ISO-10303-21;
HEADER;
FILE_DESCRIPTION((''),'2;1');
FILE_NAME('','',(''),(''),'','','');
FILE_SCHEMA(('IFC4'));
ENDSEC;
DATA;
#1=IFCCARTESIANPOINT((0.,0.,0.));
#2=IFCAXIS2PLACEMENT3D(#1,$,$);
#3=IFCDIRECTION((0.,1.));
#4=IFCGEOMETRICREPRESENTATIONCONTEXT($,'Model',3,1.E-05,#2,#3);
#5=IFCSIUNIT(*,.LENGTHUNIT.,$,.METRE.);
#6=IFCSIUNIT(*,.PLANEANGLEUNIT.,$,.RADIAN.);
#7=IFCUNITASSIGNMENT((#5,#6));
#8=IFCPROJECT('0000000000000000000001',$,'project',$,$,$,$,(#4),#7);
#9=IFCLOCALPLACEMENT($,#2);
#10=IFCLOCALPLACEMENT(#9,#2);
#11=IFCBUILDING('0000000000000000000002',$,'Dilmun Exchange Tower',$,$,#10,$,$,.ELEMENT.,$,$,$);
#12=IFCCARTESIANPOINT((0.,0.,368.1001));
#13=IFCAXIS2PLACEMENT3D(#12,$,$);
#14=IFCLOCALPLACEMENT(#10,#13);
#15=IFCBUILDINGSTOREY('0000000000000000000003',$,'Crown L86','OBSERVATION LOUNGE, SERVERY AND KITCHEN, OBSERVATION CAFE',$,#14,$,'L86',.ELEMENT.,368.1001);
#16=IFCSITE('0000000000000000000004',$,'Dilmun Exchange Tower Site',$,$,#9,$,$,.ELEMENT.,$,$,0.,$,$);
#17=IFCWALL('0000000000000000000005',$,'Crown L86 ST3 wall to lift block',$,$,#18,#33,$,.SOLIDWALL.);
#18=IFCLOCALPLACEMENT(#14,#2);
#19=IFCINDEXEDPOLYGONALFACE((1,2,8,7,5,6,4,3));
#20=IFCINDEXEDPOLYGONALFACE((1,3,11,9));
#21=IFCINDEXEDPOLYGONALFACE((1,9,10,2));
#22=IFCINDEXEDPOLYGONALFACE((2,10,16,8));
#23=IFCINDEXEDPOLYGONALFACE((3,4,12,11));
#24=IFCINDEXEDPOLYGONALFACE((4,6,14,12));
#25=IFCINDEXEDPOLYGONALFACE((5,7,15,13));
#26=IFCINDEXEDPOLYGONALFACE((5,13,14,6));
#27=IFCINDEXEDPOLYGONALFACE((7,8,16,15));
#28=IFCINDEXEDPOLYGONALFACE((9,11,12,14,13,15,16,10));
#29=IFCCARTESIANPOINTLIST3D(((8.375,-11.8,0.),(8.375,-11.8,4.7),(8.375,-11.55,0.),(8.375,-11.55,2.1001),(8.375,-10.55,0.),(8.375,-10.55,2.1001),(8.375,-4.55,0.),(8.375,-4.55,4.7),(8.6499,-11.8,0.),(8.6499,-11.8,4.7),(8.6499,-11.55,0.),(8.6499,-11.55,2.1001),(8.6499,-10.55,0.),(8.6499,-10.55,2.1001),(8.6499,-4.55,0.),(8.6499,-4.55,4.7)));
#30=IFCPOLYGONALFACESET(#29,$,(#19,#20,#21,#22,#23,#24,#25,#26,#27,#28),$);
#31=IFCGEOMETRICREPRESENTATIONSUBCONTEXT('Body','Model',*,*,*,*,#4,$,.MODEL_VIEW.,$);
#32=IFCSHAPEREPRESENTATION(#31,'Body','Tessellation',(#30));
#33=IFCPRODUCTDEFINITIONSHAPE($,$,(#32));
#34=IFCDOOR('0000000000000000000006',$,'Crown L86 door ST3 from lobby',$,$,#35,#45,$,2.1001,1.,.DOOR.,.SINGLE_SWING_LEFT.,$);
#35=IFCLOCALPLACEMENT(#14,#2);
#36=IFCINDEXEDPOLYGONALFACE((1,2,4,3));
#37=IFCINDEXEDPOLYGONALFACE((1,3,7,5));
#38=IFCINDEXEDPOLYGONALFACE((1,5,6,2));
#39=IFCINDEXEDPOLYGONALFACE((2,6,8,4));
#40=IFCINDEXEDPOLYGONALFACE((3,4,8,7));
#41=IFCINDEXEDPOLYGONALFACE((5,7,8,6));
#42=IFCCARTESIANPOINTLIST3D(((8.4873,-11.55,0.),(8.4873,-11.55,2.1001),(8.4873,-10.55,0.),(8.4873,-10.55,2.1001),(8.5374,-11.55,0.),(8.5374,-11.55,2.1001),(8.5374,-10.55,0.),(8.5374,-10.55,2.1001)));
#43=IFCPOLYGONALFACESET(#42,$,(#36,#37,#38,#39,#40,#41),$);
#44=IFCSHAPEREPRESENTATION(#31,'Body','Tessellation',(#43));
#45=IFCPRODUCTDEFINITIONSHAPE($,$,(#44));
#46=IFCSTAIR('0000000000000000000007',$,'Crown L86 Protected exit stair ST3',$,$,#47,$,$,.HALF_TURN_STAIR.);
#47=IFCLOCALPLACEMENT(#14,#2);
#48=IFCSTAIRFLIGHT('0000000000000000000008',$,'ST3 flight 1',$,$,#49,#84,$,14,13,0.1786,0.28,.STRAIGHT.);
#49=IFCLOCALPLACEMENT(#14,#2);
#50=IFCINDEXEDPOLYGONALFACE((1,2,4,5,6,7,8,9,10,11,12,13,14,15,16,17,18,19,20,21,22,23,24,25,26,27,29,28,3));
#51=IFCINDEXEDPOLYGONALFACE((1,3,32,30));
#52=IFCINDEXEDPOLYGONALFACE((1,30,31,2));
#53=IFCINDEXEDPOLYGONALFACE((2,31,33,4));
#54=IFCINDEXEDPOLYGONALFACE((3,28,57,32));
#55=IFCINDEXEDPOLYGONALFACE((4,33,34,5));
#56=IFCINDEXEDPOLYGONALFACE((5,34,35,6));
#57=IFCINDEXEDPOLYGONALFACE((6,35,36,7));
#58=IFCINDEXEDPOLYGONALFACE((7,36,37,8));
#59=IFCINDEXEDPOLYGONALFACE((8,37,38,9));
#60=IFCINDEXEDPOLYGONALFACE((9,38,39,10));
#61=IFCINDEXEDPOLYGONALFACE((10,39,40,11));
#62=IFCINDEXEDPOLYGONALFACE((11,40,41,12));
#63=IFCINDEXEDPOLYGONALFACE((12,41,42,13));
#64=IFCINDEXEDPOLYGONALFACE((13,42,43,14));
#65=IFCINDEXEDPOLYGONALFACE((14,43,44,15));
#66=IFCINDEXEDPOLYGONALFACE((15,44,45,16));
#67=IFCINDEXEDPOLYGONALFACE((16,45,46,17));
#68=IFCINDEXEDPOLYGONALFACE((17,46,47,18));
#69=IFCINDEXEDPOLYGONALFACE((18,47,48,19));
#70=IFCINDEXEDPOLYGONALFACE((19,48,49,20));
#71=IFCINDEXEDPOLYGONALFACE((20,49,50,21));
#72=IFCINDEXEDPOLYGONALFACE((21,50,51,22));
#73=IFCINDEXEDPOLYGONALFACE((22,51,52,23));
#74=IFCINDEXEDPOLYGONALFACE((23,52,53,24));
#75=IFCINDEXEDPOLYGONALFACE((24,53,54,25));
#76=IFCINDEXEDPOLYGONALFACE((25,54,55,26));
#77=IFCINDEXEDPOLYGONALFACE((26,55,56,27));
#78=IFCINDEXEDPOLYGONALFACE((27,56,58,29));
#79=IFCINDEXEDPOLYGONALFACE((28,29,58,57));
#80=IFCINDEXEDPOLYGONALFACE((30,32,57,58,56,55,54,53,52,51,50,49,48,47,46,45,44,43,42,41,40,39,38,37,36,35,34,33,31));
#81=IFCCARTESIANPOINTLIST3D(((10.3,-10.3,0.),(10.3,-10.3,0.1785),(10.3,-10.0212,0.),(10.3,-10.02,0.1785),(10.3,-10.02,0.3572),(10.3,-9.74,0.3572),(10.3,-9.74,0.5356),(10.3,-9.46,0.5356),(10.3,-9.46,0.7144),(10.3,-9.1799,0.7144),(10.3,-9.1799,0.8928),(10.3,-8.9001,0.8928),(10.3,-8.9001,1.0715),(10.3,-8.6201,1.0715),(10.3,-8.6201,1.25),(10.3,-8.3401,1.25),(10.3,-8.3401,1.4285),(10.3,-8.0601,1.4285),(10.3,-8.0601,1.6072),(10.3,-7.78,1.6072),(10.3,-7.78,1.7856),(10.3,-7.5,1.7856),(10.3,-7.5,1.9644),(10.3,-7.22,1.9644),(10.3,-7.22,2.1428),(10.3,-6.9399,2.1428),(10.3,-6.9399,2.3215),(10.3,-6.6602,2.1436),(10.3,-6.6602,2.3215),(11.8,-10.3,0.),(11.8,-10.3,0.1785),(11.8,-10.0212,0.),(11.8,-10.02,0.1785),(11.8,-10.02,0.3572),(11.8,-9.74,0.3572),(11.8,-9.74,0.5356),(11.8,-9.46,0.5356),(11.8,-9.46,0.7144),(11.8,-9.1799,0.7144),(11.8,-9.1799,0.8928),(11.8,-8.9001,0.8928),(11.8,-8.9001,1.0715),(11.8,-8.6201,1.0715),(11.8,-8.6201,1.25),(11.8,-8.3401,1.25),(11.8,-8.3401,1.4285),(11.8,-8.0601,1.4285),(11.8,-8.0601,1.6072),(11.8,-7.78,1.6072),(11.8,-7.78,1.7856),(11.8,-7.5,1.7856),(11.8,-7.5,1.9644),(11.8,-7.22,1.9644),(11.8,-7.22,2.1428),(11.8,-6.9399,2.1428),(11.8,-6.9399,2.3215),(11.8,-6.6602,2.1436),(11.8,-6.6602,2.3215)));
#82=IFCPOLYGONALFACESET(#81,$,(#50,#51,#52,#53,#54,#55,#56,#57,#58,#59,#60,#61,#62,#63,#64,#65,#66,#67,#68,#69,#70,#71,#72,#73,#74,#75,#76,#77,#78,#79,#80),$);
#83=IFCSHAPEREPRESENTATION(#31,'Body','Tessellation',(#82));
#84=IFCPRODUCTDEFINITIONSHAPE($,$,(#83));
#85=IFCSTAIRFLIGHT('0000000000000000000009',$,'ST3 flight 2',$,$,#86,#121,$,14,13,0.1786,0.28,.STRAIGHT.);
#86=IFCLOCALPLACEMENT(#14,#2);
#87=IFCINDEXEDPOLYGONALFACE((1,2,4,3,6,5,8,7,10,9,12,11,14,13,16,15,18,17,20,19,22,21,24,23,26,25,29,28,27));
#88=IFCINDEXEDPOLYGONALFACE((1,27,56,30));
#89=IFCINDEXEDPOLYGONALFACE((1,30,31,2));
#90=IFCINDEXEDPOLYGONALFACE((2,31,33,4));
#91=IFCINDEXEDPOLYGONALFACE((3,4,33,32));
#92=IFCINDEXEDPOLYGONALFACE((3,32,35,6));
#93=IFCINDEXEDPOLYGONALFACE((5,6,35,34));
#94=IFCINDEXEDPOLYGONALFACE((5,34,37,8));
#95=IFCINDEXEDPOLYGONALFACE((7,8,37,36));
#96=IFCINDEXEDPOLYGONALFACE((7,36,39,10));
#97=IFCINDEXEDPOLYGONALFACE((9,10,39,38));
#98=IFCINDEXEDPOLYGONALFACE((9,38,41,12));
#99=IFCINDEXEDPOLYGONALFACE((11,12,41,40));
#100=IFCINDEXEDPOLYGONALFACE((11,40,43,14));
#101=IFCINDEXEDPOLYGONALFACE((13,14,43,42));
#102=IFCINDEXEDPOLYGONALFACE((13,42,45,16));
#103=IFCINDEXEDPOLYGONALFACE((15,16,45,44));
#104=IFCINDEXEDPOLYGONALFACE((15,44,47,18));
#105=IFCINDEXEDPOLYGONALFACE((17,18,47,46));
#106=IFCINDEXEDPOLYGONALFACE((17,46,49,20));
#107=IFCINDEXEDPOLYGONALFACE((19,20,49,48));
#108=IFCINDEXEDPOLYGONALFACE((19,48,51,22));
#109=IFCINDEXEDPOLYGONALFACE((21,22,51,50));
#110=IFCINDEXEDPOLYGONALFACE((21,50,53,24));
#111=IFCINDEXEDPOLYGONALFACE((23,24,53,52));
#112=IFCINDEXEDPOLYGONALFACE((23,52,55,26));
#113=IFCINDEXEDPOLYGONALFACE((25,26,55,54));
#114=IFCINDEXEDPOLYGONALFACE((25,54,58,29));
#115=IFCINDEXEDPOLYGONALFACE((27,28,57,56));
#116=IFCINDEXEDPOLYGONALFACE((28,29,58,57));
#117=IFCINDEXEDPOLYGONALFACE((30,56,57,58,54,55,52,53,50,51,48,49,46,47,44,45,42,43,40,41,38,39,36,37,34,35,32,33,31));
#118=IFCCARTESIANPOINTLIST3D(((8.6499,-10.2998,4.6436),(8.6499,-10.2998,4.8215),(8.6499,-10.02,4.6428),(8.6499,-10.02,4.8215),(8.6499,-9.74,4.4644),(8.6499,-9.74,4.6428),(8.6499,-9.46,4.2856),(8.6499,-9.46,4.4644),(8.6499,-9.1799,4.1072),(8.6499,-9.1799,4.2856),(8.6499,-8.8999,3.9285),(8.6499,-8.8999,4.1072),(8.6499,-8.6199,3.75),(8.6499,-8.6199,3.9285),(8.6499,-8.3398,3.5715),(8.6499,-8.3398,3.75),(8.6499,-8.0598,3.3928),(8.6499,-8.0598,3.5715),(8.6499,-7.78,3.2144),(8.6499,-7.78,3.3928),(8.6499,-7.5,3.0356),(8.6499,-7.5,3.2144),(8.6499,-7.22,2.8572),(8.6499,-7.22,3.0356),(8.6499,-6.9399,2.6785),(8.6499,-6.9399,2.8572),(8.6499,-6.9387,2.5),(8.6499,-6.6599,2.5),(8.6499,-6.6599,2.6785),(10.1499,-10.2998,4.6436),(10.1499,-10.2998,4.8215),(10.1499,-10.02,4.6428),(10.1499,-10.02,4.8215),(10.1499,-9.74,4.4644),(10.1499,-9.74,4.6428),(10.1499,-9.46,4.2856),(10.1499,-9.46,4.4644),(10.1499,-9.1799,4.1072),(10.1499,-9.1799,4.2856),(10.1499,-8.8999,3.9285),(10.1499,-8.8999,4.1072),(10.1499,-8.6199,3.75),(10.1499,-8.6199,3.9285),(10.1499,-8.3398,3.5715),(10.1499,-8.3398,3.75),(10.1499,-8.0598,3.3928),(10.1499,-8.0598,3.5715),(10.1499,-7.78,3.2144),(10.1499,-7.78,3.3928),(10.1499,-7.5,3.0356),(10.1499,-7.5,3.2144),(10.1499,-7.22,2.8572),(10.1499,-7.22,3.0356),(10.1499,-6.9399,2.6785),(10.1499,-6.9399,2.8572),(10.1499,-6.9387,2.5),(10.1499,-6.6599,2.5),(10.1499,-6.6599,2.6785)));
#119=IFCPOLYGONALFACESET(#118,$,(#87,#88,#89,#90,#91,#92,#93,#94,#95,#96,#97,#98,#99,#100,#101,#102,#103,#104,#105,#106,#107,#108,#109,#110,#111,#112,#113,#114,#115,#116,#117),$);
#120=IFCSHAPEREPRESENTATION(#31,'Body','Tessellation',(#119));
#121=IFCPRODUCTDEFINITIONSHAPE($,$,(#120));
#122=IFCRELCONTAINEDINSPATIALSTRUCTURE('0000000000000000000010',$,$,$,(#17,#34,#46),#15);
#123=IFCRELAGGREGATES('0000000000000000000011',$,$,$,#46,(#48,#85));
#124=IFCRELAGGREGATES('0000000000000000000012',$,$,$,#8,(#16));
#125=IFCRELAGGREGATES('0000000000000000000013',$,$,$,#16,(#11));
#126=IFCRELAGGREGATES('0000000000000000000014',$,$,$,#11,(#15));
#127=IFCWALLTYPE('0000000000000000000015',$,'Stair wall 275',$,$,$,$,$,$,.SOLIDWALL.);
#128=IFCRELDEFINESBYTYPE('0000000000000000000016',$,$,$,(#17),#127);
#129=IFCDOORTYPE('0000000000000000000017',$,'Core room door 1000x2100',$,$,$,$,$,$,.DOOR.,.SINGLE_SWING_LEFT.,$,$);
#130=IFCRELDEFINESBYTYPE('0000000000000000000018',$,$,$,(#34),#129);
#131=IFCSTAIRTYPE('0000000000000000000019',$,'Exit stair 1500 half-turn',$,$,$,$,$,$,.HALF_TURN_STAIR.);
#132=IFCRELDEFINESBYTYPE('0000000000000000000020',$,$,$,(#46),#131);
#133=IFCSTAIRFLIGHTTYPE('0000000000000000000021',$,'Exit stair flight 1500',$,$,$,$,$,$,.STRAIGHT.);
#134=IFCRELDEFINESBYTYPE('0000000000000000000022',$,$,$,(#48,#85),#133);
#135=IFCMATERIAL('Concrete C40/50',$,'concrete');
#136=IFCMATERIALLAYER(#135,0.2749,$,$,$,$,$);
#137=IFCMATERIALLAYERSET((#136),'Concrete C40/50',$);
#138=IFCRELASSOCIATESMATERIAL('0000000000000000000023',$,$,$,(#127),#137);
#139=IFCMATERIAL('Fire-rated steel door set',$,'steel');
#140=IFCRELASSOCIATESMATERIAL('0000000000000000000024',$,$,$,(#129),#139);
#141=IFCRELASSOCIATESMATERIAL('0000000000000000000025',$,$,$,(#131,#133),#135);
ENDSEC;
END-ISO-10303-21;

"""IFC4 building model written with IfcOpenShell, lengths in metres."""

from ifc_helpers import new_model, si_unit, direction, frame, frame_2d, origin, place, context, subcontext, project, spatial, polyline, rectangle, outline, extrude, material, layer, layer_set, type_object, element, fill, aggregate, save


model = new_model("IFC4")

# Units and contexts
model_context = context("Model", 3, precision=1e-05, world=origin(), true_north=direction((0.0, 1.0)))
body_context = subcontext(model_context, "Body", "Model", "MODEL_VIEW")
ifc_project = project(units=[si_unit("LENGTHUNIT", "METRE"), si_unit("PLANEANGLEUNIT", "RADIAN")], contexts=[model_context])

# Site, building, storey
site_placement = place(None, origin())
site = spatial("IfcSite", under=ifc_project, at=site_placement, Name="Dilmun Exchange Tower Site", CompositionType="ELEMENT", RefElevation=0.0)
building_placement = place(site_placement, origin())
building = spatial("IfcBuilding", under=site, at=building_placement, Name="Dilmun Exchange Tower", CompositionType="ELEMENT")
storey_placement = place(building_placement, frame((0.0, 0.0, 368.1001)))
storey = spatial("IfcBuildingStorey", under=building, at=storey_placement, Name="Crown L86", Description="OBSERVATION LOUNGE, SERVERY AND KITCHEN, OBSERVATION CAFE", LongName="L86", CompositionType="ELEMENT", Elevation=368.1001)

# Shared definitions
ifc_material_1 = material(Name="Concrete C40/50", Category="concrete")

# Shared definitions
ifc_material_2 = material(Name="Fire-rated steel door set", Category="steel")

# Wall, opening, door
ifc_layer_1 = layer(ifc_material_1, 0.2749)
ifc_layer_set_1 = layer_set([ifc_layer_1], Name="Concrete C40/50")
wall_type_1 = type_object("IfcWallType", Name="Stair wall 275", PredefinedType="SOLIDWALL", material=ifc_layer_set_1)
wall_1_placement = place(storey_placement, frame((8.5125, -4.55, 0.0), z_axis=(0.0, 0.0, 1.0), x_axis=(0.0, -1.0, 0.0)))
wall_1 = element("IfcWall", 1, at=wall_1_placement, inside=storey, type_object=wall_type_1, Name="Crown L86 ST3 wall to lift block", PredefinedType="SOLIDWALL", context=body_context, shape_type="SweptSolid", body=[
    extrude(rectangle(XDim=7.25, YDim=0.2749, at=frame_2d((3.625, 0.0))), origin(), (0.0, 0.0, 1.0), 4.7),
])
opening_1_placement = place(wall_1_placement, frame((6.0, 0.0, 0.0)))
opening_1 = element("IfcOpeningElement", 2, at=opening_1_placement, cuts=wall_1, PredefinedType="OPENING", context=body_context, shape_type="SweptSolid", body=[
    extrude(rectangle(XDim=1.0, YDim=2.1001, at=frame_2d((0.5, 1.05))), frame((0.0, 0.1475, 0.0), z_axis=(0.0, -1.0, 0.0), x_axis=(1.0, 0.0, 0.0)), (0.0, 0.0, 1.0), 0.2949),
])
door_type_1 = type_object("IfcDoorType", Name="Core room door 1000x2100", OperationType="SINGLE_SWING_LEFT", PredefinedType="DOOR", material=ifc_material_2)
door_1_placement = place(opening_1_placement, origin())
door_1 = element("IfcDoor", 3, at=door_1_placement, inside=storey, type_object=door_type_1, Name="Crown L86 door ST3 from lobby", OperationType="SINGLE_SWING_LEFT", OverallHeight=2.1001, OverallWidth=1.0, PredefinedType="DOOR", context=body_context, shape_type="SweptSolid", body=[
    extrude(rectangle(XDim=1.0, YDim=2.1001, at=frame_2d((0.5, 1.05))), frame((0.0, 0.0249, 0.0), z_axis=(0.0, -1.0, 0.0), x_axis=(1.0, 0.0, 0.0)), (0.0, 0.0, 1.0), 0.05),
])
fill(opening_1, door_1)

# Stair, stair flights
stair_type = type_object("IfcStairType", Name="Exit stair 1500 half-turn", PredefinedType="HALF_TURN_STAIR", material=ifc_material_1)
stair_placement = place(storey_placement, origin())
stair = element("IfcStair", 4, at=stair_placement, inside=storey, type_object=stair_type, Name="Crown L86 Protected exit stair ST3", PredefinedType="HALF_TURN_STAIR")
stair_flight_type = type_object("IfcStairFlightType", Name="Exit stair flight 1500", PredefinedType="STRAIGHT", material=ifc_material_1)
stair_flight_1_placement = place(storey_placement, frame((11.05, -10.3, 0.0), z_axis=(0.0, 0.0, 1.0), x_axis=(0.0, 1.0, 0.0)))
stair_flight_1 = element("IfcStairFlight", 5, at=stair_flight_1_placement, type_object=stair_flight_type, Name="ST3 flight 1", NumberOfRisers=14, NumberOfTreads=13, PredefinedType="STRAIGHT", RiserHeight=0.1786, TreadLength=0.28, context=body_context, shape_type="SweptSolid", body=[
    extrude(outline(polyline([(0.0, 0.0), (0.0, 0.1785), (0.28, 0.1785), (0.28, 0.3572), (0.5601, 0.3572), (0.5601, 0.5356), (0.8401, 0.5356), (0.8401, 0.7144), (1.1201, 0.7144), (1.1201, 0.8928), (1.3999, 0.8928), (1.3999, 1.0715), (1.6799, 1.0715), (1.6799, 1.25), (1.96, 1.25), (1.96, 1.4285), (2.24, 1.4285), (2.24, 1.6072), (2.52, 1.6072), (2.52, 1.7856), (2.8, 1.7856), (2.8, 1.9644), (3.0801, 1.9644), (3.0801, 2.1428), (3.3601, 2.1428), (3.3601, 2.3215), (3.6399, 2.3215), (3.6399, 2.5), (3.6399, 2.1436), (0.2788, 0.0), (0.0, 0.0)])), frame((0.0, 0.75, 0.0), z_axis=(0.0, -1.0, 0.0), x_axis=(1.0, 0.0, 0.0)), (0.0, 0.0, 1.0), 1.5),
])
stair_flight_2_placement = place(storey_placement, frame((9.3999, -6.6599, 2.5), z_axis=(0.0, 0.0, 1.0), x_axis=(0.0, -1.0, 0.0)))
stair_flight_2 = element("IfcStairFlight", 6, at=stair_flight_2_placement, type_object=stair_flight_type, Name="ST3 flight 2", NumberOfRisers=14, NumberOfTreads=13, PredefinedType="STRAIGHT", RiserHeight=0.1786, TreadLength=0.28, context=body_context, shape_type="SweptSolid", body=[
    extrude(outline(polyline([(0.0, 0.0), (0.0, 0.1785), (0.28, 0.1785), (0.28, 0.3572), (0.5601, 0.3572), (0.5601, 0.5356), (0.8401, 0.5356), (0.8401, 0.7144), (1.1201, 0.7144), (1.1201, 0.8928), (1.3999, 0.8928), (1.3999, 1.0715), (1.6799, 1.0715), (1.6799, 1.25), (1.96, 1.25), (1.96, 1.4285), (2.24, 1.4285), (2.24, 1.6072), (2.52, 1.6072), (2.52, 1.7856), (2.8, 1.7856), (2.8, 1.9644), (3.0801, 1.9644), (3.0801, 2.1428), (3.3601, 2.1428), (3.3601, 2.3215), (3.6399, 2.3215), (3.6399, 2.5), (3.6399, 2.1436), (0.2788, 0.0), (0.0, 0.0)])), frame((0.0, 0.75, 0.0), z_axis=(0.0, -1.0, 0.0), x_axis=(1.0, 0.0, 0.0)), (0.0, 0.0, 1.0), 1.5),
])
aggregate(stair, [stair_flight_1, stair_flight_2])

save(model, "model.ifc")
